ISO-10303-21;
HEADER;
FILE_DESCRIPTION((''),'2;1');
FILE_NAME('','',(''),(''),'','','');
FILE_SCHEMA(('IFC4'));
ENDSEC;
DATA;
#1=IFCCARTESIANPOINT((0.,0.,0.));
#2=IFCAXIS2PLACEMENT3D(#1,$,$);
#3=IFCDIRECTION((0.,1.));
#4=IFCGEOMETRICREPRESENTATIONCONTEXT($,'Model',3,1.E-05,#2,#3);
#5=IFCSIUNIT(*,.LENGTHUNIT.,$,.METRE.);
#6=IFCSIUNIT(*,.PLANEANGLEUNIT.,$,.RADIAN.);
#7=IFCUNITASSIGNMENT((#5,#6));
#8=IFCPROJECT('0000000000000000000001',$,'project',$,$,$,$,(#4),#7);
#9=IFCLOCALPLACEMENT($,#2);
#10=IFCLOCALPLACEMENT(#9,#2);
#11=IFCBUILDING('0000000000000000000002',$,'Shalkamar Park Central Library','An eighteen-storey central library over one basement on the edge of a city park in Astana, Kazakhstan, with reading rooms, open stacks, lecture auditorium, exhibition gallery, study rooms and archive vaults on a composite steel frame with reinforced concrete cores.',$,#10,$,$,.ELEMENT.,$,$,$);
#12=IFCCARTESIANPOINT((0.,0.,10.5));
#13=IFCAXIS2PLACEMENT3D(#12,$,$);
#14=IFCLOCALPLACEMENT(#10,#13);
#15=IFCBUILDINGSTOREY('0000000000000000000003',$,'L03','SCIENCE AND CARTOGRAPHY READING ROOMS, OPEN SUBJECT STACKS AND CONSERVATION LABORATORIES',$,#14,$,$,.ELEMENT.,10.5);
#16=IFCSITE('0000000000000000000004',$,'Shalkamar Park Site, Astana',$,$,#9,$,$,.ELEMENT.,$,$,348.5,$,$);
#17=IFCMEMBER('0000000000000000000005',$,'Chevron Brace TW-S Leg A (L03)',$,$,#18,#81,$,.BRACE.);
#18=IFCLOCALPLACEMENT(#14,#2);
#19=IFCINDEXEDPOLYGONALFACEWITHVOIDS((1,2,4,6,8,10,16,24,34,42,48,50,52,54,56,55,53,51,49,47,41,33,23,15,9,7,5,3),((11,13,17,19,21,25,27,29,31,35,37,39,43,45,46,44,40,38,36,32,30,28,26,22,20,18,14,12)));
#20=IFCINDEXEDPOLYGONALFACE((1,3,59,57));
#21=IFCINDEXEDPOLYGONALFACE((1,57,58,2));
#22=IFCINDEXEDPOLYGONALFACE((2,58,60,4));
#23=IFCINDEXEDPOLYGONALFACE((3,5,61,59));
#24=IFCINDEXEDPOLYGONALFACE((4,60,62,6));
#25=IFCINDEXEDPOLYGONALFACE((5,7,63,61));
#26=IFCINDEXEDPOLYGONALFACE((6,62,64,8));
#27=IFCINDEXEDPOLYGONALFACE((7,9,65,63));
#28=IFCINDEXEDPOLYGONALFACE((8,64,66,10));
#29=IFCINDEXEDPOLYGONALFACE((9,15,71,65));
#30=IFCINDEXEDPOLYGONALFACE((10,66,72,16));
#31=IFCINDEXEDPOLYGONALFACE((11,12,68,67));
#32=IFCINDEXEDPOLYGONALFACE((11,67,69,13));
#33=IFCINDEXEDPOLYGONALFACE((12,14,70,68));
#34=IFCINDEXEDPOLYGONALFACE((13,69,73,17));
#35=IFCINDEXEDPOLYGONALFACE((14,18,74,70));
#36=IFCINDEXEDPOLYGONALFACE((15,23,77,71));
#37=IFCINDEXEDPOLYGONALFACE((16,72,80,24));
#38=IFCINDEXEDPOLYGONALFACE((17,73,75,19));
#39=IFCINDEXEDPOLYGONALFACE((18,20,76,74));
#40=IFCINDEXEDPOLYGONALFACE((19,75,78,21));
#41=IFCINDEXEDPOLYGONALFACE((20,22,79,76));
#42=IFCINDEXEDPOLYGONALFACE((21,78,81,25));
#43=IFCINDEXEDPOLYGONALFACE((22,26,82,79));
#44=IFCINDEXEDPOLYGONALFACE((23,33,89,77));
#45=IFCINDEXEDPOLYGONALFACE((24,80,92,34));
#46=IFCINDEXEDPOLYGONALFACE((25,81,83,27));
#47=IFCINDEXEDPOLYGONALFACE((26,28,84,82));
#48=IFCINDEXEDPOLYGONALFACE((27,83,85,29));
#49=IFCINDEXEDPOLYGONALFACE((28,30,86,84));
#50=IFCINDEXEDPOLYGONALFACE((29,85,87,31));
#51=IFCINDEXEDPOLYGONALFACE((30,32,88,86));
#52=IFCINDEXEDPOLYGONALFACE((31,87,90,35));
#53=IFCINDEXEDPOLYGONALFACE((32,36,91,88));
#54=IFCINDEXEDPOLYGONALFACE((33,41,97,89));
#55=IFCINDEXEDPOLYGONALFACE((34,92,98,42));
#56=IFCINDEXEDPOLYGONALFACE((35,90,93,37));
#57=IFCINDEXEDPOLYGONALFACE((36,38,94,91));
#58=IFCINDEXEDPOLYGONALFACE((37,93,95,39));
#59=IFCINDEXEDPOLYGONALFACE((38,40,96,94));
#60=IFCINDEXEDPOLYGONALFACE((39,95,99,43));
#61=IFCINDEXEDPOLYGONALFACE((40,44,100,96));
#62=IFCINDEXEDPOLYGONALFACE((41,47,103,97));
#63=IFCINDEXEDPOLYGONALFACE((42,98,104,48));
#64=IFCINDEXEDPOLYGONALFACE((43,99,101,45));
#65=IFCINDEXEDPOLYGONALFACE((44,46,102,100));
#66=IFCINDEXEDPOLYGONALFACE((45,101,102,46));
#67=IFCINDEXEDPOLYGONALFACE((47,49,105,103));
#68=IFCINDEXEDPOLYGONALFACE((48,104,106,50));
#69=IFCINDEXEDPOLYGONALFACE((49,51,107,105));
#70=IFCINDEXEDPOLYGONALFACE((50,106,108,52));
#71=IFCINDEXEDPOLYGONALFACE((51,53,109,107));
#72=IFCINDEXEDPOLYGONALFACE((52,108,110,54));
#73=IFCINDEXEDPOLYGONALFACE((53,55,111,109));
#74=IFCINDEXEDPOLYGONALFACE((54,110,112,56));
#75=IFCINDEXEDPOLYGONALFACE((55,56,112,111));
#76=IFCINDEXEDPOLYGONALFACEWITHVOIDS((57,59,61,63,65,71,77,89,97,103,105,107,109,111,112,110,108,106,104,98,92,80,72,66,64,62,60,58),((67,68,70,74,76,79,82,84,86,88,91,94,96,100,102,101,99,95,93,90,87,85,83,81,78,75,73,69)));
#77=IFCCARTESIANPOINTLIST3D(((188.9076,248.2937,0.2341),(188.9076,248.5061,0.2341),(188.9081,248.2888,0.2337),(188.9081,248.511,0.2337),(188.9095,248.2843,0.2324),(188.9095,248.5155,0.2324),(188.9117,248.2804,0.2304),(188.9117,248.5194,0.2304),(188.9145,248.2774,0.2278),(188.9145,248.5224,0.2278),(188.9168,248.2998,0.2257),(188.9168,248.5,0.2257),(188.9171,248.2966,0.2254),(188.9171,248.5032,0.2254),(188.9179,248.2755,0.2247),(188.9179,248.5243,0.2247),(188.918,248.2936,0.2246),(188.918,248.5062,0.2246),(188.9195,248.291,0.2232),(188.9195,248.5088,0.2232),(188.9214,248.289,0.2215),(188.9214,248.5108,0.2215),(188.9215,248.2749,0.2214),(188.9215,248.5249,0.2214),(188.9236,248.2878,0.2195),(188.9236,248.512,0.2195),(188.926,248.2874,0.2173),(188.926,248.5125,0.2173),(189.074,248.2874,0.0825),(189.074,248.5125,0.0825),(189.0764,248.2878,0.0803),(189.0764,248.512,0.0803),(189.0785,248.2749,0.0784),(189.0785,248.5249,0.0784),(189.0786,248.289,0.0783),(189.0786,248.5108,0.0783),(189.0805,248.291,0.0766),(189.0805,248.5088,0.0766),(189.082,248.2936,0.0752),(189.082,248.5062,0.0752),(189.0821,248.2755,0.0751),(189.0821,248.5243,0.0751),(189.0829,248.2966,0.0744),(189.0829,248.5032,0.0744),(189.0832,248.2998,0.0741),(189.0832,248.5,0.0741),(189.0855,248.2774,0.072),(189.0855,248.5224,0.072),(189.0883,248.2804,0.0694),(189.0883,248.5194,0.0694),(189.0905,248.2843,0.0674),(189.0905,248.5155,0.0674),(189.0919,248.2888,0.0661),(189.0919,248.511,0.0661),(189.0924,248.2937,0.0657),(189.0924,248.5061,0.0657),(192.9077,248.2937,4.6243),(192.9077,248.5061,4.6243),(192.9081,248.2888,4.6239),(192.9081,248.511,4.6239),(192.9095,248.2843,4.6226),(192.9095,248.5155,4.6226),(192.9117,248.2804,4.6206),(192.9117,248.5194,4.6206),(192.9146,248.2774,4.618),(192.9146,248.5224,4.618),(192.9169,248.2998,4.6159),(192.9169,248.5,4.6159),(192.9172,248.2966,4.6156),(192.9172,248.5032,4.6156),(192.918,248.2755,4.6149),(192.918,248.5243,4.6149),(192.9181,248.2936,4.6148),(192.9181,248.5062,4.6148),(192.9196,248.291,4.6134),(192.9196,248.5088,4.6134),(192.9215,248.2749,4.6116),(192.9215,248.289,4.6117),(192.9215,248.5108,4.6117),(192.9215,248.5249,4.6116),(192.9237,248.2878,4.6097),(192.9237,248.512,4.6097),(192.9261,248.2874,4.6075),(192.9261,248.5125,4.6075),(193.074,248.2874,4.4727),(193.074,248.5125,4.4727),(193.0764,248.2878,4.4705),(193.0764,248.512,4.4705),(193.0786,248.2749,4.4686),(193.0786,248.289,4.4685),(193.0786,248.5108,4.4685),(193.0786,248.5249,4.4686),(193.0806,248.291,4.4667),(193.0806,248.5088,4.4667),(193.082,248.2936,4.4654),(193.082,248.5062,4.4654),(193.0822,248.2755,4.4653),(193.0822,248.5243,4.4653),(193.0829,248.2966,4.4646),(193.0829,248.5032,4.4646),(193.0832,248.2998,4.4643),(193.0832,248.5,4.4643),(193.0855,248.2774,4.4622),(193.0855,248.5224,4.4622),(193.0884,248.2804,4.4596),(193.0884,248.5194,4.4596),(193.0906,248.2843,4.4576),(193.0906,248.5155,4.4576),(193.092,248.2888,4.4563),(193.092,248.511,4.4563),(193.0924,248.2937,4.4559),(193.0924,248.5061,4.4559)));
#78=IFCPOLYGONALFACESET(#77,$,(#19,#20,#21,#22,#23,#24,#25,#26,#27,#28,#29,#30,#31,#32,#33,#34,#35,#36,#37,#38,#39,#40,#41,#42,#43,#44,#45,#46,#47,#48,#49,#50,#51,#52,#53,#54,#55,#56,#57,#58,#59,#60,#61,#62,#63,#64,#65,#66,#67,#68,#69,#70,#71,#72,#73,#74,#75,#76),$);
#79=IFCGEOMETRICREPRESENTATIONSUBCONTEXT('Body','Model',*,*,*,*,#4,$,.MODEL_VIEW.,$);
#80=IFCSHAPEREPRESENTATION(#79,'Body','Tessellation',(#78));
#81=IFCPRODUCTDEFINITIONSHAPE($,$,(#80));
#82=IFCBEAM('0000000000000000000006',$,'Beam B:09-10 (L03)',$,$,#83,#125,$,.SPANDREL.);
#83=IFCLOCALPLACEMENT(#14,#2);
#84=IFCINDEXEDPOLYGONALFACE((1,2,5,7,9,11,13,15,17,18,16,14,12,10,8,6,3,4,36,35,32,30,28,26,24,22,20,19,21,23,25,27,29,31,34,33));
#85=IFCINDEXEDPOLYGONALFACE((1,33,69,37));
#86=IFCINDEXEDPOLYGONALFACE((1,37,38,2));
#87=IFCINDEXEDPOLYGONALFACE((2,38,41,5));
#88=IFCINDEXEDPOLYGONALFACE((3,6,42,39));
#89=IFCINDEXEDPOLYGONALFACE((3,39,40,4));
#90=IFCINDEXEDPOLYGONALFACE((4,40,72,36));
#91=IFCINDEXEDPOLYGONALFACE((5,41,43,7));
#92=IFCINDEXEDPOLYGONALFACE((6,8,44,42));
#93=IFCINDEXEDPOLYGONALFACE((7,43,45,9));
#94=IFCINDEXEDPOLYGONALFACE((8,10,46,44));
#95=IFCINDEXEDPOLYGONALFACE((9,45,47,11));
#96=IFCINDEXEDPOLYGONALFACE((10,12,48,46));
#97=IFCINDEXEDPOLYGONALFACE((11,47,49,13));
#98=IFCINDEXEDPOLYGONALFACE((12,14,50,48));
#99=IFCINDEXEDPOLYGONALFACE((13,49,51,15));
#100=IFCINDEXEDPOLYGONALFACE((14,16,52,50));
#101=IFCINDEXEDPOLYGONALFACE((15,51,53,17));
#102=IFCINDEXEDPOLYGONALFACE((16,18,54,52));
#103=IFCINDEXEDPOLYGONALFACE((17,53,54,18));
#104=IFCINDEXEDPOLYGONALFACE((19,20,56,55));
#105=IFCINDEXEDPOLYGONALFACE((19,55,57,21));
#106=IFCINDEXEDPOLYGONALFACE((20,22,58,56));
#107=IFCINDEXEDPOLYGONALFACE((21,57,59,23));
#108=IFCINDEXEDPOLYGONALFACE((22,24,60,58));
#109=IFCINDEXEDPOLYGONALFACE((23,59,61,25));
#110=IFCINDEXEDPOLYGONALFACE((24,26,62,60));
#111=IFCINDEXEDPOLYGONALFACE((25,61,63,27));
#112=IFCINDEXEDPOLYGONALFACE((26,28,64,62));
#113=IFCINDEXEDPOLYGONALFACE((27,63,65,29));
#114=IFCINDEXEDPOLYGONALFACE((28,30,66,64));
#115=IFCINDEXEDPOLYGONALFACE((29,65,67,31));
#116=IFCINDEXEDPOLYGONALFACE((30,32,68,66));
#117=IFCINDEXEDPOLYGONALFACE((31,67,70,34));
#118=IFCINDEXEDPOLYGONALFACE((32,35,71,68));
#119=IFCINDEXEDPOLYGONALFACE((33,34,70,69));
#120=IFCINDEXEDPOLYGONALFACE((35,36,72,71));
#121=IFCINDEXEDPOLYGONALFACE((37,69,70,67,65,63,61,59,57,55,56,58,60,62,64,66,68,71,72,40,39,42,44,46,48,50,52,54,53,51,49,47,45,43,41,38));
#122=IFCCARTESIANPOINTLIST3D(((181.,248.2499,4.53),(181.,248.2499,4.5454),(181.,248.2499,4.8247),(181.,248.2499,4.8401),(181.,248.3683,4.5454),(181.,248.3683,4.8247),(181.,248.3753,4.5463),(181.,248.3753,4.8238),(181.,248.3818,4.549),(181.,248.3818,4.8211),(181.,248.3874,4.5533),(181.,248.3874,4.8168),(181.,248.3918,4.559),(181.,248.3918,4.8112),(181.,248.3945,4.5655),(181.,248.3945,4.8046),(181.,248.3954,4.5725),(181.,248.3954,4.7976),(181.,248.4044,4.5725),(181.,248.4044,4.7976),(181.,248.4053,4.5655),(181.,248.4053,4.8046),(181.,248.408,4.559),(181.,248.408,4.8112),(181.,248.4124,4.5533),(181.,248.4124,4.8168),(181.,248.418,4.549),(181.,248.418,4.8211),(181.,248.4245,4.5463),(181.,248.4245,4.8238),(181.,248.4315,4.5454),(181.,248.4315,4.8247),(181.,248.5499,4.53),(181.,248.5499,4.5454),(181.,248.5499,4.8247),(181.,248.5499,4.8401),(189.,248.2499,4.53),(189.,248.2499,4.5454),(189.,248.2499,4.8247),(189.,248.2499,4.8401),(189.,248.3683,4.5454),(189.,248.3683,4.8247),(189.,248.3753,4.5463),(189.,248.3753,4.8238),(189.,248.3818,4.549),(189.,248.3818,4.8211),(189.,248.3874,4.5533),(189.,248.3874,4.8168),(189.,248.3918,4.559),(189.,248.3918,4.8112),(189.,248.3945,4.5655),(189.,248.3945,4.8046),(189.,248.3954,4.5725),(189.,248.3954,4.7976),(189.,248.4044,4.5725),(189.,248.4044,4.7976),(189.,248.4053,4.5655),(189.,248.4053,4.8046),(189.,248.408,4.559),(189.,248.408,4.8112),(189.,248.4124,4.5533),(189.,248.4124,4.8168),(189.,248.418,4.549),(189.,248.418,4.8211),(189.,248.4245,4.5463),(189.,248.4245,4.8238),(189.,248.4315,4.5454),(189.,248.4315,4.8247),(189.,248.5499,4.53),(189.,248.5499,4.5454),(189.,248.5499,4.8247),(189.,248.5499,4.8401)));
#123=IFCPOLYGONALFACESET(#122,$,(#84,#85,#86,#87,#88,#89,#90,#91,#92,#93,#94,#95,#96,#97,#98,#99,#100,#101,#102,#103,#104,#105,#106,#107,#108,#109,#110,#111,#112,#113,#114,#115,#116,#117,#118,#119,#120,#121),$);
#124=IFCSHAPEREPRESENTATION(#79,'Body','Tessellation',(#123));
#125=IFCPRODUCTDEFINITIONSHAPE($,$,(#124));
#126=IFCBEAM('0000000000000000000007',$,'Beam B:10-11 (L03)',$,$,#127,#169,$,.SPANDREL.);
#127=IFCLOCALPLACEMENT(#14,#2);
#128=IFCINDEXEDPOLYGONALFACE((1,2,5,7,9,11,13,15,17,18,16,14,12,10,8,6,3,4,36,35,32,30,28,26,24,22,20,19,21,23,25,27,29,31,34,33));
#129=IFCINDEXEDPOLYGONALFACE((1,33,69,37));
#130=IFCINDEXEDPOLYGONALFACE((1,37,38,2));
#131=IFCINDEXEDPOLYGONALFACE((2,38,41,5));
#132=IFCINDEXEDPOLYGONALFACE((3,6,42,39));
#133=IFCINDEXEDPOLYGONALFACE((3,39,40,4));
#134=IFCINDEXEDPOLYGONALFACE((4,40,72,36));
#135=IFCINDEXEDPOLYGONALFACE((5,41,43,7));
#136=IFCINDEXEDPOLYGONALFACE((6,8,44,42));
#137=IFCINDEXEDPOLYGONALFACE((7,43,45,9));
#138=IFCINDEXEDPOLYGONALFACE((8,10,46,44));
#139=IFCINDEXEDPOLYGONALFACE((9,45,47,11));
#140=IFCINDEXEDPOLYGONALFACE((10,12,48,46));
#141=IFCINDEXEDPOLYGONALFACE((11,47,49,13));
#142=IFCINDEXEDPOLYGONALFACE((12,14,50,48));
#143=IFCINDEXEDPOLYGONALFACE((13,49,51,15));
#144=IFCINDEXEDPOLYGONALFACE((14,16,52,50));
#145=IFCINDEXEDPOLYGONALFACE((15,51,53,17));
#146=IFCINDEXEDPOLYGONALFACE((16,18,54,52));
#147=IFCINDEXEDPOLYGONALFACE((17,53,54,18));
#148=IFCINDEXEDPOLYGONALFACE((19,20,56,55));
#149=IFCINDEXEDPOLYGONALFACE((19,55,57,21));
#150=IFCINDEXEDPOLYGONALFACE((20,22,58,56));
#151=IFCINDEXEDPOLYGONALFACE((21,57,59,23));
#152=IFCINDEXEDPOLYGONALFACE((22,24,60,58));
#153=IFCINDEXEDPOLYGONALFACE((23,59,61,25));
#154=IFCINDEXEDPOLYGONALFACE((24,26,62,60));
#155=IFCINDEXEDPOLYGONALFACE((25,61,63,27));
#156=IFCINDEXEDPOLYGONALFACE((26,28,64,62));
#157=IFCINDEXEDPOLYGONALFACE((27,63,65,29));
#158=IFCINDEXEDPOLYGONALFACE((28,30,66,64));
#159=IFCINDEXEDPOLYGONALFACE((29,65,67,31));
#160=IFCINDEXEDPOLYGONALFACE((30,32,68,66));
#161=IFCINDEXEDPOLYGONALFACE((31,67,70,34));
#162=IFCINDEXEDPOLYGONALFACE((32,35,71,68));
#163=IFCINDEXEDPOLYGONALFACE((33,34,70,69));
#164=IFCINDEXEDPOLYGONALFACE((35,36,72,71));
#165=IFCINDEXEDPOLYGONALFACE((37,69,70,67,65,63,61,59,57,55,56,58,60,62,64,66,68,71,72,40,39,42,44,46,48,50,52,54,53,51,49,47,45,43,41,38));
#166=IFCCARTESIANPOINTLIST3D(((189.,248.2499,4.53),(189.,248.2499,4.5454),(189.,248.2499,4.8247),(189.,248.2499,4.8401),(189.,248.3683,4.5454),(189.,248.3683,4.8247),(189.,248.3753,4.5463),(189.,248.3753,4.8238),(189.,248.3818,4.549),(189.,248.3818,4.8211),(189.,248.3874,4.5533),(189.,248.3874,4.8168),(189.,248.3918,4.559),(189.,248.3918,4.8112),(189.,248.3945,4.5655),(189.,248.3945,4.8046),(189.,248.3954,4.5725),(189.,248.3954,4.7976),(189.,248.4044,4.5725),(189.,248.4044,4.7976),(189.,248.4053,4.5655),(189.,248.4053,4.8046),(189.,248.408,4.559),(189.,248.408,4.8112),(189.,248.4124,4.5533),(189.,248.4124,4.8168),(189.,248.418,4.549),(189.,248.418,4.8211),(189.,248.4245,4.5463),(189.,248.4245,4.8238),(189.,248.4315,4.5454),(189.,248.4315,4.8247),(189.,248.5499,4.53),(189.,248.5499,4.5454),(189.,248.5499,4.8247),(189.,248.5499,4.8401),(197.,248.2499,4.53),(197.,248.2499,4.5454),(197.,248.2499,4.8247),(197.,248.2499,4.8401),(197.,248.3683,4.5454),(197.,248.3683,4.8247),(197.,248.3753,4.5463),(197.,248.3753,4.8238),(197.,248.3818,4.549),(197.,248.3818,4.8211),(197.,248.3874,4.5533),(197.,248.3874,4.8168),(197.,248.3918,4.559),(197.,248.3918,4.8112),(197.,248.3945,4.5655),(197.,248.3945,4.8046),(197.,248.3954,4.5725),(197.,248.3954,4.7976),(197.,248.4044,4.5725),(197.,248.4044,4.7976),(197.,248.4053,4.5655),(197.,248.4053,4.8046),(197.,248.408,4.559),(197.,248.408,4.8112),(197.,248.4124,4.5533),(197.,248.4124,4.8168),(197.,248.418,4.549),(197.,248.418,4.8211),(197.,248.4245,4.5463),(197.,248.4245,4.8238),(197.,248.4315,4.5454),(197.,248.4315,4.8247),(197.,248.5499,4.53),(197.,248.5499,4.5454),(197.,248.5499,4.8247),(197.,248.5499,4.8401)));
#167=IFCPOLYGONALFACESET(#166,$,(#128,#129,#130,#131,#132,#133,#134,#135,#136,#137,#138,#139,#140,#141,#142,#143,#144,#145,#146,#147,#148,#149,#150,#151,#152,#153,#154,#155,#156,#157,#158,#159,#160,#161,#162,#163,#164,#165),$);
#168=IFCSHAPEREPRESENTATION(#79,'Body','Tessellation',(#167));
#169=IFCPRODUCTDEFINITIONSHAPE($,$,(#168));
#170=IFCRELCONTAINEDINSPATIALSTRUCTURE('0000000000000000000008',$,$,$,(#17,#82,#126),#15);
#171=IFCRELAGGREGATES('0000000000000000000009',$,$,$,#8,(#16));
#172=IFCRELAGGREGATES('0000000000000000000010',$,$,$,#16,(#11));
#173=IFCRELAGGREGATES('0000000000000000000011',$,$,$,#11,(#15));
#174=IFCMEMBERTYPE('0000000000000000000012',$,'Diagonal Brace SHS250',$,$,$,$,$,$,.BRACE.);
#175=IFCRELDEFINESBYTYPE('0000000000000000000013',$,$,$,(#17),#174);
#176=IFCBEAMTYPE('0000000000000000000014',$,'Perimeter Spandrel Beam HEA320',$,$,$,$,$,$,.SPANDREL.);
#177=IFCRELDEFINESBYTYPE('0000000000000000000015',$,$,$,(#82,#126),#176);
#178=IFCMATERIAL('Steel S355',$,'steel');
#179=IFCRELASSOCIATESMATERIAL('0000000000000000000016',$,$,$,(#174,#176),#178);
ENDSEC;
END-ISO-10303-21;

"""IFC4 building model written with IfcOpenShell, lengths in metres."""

from ifc_helpers import new_model, si_unit, direction, frame, origin, origin_2d, place, context, subcontext, project, spatial, hollow_rectangle, i_section, extrude, material, material_profile, profile_set, type_object, element, save


model = new_model("IFC4")

# Units and contexts
model_context = context("Model", 3, precision=1e-05, world=origin(), true_north=direction((0.0, 1.0)))
body_context = subcontext(model_context, "Body", "Model", "MODEL_VIEW")
ifc_project = project(units=[si_unit("LENGTHUNIT", "METRE"), si_unit("PLANEANGLEUNIT", "RADIAN")], contexts=[model_context])

# Site, building, storey
site_placement = place(None, origin())
site = spatial("IfcSite", under=ifc_project, at=site_placement, Name="Shalkamar Park Site, Astana", CompositionType="ELEMENT", RefElevation=348.5)
building_placement = place(site_placement, origin())
building = spatial("IfcBuilding", under=site, at=building_placement, Name="Shalkamar Park Central Library", Description="An eighteen-storey central library over one basement on the edge of a city park in Astana, Kazakhstan, with reading rooms, open stacks, lecture auditorium, exhibition gallery, study rooms and archive vaults on a composite steel frame with reinforced concrete cores.", CompositionType="ELEMENT")
storey_placement = place(building_placement, frame((0.0, 0.0, 10.5)))
storey = spatial("IfcBuildingStorey", under=building, at=storey_placement, Name="L03", Description="SCIENCE AND CARTOGRAPHY READING ROOMS, OPEN SUBJECT STACKS AND CONSERVATION LABORATORIES", CompositionType="ELEMENT", Elevation=10.5)

# Shared definitions
ifc_material_1 = material(Name="Steel S355", Category="steel")

# Member
ifc_material_profile_1 = material_profile(ifc_material_1, hollow_rectangle(XDim=0.25, YDim=0.25, WallThickness=0.0125, InnerFilletRadius=0.0125, OuterFilletRadius=0.0188, at=origin_2d()), Name="SHS 250x250x12.5")
ifc_profile_set_1 = profile_set([ifc_material_profile_1], Name="Steel S355")
member_type = type_object("IfcMemberType", Name="Diagonal Brace SHS250", PredefinedType="BRACE", material=ifc_profile_set_1)
member_placement = place(storey_placement, frame((189.0, 248.3999, 0.1499), z_axis=(0.673499, 0.0, 0.739188), x_axis=(0.0, 1.0, 0.0)))
element("IfcMember", 1, at=member_placement, inside=storey, type_object=member_type, Name="Chevron Brace TW-S Leg A (L03)", PredefinedType="BRACE", context=body_context, shape_type="SweptSolid", body=[
    extrude(hollow_rectangle(XDim=0.25, YDim=0.25, WallThickness=0.0125, InnerFilletRadius=0.0125, OuterFilletRadius=0.0188, at=origin_2d()), origin(), (0.0, 0.0, 1.0), 5.9392),
])

# Beams
ifc_material_profile_2 = material_profile(ifc_material_1, i_section(OverallWidth=0.3, OverallDepth=0.3101, WebThickness=0.009, FlangeThickness=0.0154, FilletRadius=0.0271, at=origin_2d()), Name="HEA 320")
ifc_profile_set_2 = profile_set([ifc_material_profile_2], Name="Steel S355")
beam_type_1 = type_object("IfcBeamType", Name="Perimeter Spandrel Beam HEA320", PredefinedType="SPANDREL", material=ifc_profile_set_2)
for number, where, z_axis, x_axis, name in (
    (2, (181.0, 248.3999, 4.6851), (1.0, 0.0, 0.0), (0.0, 1.0, 0.0), "Beam B:09-10 (L03)"),
    (3, (189.0, 248.3999, 4.6851), (1.0, 0.0, 0.0), (0.0, 1.0, 0.0), "Beam B:10-11 (L03)"),
):
    element("IfcBeam", number, at=place(storey_placement, frame(where, z_axis=z_axis, x_axis=x_axis)), inside=storey, type_object=beam_type_1, Name=name, PredefinedType="SPANDREL", context=body_context, shape_type="SweptSolid", body=[
        extrude(i_section(OverallWidth=0.3, OverallDepth=0.3101, WebThickness=0.009, FlangeThickness=0.0154, FilletRadius=0.0271, at=origin_2d()), origin(), (0.0, 0.0, 1.0), 8.0),
    ])

save(model, "model.ifc")
